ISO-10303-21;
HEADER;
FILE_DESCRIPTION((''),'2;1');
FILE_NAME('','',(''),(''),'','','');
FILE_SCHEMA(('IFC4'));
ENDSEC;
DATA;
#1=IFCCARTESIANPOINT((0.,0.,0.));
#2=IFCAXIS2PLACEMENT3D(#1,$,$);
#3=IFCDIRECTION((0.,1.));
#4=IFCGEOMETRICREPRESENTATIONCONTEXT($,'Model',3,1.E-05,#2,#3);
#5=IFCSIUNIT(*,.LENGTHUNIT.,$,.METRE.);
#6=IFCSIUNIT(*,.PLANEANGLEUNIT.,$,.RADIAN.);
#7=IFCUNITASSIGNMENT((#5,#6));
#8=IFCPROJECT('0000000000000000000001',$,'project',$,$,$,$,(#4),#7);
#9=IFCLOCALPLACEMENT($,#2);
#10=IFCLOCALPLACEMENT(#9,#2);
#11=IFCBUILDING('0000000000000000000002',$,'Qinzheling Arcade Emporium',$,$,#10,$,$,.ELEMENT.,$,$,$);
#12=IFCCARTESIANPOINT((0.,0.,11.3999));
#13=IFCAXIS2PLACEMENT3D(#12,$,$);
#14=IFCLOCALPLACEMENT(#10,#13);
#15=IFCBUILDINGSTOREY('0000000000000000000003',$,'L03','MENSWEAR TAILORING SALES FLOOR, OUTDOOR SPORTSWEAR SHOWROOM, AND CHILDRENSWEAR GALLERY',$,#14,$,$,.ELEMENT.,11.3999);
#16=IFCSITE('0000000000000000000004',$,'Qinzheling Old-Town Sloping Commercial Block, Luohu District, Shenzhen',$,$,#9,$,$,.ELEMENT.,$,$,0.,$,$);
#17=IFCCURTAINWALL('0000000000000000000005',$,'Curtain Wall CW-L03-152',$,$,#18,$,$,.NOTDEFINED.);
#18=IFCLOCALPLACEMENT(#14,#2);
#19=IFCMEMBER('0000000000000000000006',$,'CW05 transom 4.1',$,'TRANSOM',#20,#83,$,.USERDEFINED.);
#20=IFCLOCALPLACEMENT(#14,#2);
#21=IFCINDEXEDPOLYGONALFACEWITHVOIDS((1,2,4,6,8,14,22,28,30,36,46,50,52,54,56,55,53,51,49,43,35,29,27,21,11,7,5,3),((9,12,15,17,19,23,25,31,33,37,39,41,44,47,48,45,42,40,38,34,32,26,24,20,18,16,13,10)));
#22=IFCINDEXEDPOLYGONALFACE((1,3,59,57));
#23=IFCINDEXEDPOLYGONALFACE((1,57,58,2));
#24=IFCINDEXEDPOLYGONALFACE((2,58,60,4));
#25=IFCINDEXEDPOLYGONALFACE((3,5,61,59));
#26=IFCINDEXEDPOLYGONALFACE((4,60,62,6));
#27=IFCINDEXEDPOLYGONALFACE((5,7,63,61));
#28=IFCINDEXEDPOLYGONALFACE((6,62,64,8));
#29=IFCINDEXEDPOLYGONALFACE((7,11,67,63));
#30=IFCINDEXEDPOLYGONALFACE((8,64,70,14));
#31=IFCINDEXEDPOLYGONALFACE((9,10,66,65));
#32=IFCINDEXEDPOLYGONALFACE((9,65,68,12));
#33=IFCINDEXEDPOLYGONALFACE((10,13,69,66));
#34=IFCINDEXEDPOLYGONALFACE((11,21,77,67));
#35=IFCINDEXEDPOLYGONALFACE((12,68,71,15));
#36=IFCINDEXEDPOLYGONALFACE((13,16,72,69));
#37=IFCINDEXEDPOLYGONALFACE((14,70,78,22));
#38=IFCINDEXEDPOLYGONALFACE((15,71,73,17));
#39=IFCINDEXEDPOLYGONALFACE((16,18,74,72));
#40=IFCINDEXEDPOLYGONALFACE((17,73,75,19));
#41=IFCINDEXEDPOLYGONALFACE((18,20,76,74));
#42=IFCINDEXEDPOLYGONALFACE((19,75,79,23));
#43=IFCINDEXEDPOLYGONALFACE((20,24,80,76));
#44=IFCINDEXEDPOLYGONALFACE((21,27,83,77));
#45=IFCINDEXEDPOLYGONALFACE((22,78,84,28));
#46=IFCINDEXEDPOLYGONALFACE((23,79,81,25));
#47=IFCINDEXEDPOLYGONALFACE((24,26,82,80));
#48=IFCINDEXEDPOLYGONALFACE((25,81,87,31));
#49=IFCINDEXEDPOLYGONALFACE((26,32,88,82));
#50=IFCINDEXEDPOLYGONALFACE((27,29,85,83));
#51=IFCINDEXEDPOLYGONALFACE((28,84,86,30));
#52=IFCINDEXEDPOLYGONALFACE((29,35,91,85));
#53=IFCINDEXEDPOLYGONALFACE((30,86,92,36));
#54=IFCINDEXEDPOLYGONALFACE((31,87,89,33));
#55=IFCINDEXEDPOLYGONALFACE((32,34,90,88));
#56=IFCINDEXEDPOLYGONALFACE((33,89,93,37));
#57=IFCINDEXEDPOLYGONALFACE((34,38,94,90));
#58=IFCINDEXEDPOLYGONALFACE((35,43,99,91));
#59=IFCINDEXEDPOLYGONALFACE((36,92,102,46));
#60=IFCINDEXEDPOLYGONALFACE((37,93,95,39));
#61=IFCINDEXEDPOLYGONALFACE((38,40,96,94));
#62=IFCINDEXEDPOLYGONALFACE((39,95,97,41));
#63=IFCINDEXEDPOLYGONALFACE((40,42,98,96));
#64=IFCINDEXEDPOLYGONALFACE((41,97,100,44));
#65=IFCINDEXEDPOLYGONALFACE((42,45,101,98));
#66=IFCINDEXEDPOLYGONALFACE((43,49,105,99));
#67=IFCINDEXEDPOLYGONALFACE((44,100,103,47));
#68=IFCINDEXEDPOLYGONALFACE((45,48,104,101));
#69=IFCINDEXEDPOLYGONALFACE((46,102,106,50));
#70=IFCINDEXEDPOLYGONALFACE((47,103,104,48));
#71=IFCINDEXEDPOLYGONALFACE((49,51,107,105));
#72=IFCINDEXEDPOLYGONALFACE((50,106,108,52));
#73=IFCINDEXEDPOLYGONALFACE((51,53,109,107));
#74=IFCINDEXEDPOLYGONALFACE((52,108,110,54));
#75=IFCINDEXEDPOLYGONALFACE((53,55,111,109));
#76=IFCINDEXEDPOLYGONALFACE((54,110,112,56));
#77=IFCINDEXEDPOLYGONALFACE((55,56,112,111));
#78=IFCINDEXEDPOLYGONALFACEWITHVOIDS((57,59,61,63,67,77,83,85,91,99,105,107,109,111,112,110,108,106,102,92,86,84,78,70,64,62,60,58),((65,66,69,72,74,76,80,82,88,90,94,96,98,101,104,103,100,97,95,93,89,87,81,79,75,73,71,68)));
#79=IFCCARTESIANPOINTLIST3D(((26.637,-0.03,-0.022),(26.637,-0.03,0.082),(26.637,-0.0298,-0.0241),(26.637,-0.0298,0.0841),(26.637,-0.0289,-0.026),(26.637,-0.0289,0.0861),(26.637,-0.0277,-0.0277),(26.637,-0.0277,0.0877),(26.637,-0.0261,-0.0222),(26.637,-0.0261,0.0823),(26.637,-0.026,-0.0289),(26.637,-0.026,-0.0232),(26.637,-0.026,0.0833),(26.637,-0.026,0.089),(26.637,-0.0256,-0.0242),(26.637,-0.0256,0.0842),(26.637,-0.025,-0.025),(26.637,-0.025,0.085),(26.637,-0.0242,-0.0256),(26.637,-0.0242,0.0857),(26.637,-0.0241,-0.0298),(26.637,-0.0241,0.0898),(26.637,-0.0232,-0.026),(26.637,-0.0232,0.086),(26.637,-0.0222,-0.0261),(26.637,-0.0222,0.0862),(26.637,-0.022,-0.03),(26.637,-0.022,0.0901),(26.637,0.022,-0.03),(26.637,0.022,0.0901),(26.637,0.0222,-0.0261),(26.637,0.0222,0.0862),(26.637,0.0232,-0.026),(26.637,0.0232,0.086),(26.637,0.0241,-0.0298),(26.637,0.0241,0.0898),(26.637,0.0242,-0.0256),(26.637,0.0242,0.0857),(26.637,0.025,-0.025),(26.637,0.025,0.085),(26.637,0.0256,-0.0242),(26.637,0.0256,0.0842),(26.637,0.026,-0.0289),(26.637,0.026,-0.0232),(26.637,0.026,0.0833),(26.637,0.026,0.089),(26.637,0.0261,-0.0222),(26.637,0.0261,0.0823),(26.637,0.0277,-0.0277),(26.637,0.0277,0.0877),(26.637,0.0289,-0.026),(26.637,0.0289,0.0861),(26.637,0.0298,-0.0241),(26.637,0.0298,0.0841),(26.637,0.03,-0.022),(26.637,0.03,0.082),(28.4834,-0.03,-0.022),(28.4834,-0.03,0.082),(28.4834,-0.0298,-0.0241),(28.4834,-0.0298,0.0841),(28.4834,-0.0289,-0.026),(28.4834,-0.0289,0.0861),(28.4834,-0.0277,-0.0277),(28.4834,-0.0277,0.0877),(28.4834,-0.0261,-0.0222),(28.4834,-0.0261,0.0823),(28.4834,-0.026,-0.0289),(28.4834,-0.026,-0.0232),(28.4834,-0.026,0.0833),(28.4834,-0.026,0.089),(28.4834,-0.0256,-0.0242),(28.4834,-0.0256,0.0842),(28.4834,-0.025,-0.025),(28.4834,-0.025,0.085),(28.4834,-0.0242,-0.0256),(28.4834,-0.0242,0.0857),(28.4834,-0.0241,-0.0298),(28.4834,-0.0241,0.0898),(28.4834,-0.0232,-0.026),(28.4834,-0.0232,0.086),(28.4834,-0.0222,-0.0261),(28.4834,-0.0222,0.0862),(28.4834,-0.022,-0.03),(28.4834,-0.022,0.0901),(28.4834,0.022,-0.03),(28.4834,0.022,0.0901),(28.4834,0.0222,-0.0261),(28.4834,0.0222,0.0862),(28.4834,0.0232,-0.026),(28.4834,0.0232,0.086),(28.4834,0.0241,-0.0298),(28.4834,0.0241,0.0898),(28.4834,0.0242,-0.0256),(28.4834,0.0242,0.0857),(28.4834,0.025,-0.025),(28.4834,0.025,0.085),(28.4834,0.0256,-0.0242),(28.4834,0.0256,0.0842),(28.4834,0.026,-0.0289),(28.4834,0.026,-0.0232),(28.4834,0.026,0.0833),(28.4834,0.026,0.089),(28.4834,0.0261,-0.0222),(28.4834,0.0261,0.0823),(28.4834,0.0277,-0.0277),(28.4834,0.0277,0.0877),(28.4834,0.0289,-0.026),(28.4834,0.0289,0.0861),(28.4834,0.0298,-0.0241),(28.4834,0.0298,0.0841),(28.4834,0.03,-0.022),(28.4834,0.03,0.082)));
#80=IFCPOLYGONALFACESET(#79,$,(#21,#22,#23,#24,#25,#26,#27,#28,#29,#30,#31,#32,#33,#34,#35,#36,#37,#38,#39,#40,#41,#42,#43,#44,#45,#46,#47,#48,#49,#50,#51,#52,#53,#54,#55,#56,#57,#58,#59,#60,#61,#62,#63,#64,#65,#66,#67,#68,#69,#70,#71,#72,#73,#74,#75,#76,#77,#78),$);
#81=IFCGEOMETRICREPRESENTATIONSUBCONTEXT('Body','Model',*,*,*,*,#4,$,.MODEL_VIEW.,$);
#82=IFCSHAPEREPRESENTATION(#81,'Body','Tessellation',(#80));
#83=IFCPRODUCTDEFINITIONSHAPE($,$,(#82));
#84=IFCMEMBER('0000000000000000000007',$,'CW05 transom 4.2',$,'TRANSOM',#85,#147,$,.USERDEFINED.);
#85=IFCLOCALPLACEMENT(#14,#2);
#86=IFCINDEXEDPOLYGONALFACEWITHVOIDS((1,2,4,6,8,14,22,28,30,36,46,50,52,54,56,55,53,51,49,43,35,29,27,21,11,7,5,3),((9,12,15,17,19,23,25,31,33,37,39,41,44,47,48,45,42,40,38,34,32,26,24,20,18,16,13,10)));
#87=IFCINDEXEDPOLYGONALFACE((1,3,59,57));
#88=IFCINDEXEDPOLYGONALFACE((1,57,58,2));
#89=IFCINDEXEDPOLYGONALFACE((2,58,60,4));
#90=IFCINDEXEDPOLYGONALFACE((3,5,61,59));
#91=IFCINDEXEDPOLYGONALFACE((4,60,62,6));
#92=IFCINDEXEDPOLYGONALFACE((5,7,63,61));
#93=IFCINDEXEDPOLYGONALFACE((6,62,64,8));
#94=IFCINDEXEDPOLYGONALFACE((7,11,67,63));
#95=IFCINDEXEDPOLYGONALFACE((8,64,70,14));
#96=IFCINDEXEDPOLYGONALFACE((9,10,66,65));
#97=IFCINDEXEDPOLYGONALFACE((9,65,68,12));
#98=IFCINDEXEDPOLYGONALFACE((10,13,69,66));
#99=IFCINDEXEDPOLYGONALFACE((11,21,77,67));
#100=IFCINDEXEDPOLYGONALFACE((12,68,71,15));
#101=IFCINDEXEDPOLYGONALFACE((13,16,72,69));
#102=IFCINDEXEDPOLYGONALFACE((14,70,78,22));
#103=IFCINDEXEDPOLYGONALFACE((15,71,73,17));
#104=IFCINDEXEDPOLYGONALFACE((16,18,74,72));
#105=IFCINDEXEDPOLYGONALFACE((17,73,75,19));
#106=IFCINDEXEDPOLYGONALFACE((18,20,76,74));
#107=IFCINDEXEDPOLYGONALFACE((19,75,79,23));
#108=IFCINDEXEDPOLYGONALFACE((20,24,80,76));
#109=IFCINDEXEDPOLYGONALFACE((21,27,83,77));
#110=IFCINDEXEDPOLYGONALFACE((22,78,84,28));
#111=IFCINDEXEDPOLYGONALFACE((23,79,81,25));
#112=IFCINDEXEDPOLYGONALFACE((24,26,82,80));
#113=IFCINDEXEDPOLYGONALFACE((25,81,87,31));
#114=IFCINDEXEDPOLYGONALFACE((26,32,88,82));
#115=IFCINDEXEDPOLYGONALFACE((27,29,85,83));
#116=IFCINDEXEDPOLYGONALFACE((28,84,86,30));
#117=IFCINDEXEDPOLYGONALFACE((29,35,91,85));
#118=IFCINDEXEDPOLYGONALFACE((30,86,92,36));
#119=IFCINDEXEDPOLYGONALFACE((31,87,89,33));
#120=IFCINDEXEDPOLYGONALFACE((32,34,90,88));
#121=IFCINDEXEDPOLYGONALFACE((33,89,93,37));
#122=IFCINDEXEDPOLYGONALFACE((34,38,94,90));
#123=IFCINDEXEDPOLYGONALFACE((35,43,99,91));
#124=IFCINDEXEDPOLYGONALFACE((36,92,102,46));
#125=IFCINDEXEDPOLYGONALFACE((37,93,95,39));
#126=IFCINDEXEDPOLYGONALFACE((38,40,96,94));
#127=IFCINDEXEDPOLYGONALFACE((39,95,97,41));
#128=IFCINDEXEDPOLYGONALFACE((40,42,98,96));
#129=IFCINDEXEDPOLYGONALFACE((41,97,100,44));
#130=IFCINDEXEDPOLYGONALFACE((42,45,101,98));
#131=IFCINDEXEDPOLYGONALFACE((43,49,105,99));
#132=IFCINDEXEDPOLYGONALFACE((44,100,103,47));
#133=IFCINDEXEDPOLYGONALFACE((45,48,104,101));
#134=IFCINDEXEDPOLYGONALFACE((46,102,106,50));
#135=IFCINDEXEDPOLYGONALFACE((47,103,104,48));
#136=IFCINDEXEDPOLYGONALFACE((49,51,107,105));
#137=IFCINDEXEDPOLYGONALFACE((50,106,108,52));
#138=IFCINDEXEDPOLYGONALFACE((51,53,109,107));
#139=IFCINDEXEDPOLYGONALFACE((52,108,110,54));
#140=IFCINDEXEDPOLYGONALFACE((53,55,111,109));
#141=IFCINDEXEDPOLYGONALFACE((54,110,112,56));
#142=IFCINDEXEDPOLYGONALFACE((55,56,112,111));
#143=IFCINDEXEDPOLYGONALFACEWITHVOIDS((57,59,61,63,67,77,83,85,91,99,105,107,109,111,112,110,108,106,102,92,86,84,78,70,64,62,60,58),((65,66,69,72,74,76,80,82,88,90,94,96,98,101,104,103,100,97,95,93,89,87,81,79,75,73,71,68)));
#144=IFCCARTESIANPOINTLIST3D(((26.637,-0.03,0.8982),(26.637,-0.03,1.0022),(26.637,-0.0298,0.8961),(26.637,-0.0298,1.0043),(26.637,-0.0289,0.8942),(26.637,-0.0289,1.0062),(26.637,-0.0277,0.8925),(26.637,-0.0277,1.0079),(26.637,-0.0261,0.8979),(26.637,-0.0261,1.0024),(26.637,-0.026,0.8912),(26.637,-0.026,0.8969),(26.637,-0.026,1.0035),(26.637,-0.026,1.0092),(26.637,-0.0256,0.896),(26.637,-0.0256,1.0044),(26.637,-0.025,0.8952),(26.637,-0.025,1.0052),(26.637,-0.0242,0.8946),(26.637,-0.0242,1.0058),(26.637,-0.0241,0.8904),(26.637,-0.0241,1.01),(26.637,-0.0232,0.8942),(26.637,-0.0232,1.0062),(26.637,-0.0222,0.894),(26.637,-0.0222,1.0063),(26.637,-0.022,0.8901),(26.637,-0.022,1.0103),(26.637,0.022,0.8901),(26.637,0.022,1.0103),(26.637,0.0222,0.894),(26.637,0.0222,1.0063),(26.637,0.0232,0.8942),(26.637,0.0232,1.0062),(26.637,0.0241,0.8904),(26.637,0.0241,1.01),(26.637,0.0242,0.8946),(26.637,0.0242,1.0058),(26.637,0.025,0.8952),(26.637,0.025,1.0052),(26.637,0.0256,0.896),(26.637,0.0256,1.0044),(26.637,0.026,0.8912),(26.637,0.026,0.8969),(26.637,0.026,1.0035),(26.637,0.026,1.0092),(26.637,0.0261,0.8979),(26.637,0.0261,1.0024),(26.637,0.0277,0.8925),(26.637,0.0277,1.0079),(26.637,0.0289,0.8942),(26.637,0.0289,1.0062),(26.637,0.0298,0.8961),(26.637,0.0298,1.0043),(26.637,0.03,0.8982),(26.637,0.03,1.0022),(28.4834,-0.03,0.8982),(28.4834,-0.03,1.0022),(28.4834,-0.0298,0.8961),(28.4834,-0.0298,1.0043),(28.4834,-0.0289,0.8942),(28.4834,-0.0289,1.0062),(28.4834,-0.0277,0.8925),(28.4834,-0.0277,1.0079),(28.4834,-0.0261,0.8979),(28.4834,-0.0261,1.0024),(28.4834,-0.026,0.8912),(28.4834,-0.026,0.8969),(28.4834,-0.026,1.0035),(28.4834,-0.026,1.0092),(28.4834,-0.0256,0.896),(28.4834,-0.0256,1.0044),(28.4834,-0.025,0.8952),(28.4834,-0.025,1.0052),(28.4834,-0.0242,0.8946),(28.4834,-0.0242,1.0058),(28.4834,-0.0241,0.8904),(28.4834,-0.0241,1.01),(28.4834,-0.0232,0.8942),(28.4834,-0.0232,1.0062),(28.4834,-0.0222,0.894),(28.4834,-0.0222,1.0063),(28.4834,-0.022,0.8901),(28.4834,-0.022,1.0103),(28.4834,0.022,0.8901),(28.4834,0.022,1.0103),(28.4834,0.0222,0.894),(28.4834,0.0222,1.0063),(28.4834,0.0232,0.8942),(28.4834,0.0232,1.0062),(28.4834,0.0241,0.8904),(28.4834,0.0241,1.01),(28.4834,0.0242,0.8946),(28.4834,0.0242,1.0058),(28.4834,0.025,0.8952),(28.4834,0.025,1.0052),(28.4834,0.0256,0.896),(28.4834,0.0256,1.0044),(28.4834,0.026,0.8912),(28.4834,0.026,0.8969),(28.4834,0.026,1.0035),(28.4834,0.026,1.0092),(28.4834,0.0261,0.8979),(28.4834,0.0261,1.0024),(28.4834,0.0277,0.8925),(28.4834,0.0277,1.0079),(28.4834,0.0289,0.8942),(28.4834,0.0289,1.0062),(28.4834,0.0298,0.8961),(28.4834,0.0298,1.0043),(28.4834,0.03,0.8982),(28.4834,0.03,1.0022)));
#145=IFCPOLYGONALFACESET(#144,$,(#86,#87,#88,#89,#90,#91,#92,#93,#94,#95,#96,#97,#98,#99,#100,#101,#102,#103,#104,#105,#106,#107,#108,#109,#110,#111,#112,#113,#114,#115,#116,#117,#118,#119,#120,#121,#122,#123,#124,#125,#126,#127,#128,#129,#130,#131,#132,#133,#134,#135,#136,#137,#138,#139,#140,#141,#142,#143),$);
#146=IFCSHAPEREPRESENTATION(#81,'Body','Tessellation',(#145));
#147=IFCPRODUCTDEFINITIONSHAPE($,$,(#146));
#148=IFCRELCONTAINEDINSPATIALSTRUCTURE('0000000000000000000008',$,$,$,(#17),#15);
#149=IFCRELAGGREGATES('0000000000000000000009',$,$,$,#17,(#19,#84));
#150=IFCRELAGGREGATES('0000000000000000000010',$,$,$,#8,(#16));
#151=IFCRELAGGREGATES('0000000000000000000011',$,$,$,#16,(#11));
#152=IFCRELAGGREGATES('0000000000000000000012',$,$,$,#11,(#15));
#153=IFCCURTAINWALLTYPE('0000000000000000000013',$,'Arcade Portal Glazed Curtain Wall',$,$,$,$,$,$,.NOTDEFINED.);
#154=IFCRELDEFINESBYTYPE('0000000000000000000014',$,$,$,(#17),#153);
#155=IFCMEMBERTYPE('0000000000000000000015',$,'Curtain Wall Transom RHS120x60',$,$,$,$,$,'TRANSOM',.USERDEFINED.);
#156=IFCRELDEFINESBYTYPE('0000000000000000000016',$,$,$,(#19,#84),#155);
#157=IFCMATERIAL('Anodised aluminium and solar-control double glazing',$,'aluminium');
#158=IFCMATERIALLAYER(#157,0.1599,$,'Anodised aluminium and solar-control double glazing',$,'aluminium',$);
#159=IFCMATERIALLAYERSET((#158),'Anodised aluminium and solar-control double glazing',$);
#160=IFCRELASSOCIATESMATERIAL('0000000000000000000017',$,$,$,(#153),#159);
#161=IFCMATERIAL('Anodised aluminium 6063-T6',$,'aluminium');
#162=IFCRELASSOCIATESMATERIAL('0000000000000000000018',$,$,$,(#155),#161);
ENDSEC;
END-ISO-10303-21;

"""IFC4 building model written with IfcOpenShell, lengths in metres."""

from ifc_helpers import new_model, si_unit, direction, frame, origin, origin_2d, place, context, subcontext, project, spatial, hollow_rectangle, extrude, material, layer, layer_set, material_profile, profile_set, type_object, element, aggregate, save


model = new_model("IFC4")

# Units and contexts
model_context = context("Model", 3, precision=1e-05, world=origin(), true_north=direction((0.0, 1.0)))
body_context = subcontext(model_context, "Body", "Model", "MODEL_VIEW")
ifc_project = project(units=[si_unit("LENGTHUNIT", "METRE"), si_unit("PLANEANGLEUNIT", "RADIAN")], contexts=[model_context])

# Site, building, storey
site_placement = place(None, origin())
site = spatial("IfcSite", under=ifc_project, at=site_placement, Name="Qinzheling Old-Town Sloping Commercial Block, Luohu District, Shenzhen", CompositionType="ELEMENT", RefElevation=0.0)
building_placement = place(site_placement, origin())
building = spatial("IfcBuilding", under=site, at=building_placement, Name="Qinzheling Arcade Emporium", CompositionType="ELEMENT")
storey_placement = place(building_placement, frame((0.0, 0.0, 11.3999)))
storey = spatial("IfcBuildingStorey", under=building, at=storey_placement, Name="L03", Description="MENSWEAR TAILORING SALES FLOOR, OUTDOOR SPORTSWEAR SHOWROOM, AND CHILDRENSWEAR GALLERY", CompositionType="ELEMENT", Elevation=11.3999)

# Curtain wall, members
ifc_material_1 = material(Name="Anodised aluminium and solar-control double glazing", Category="aluminium")
ifc_layer_1 = layer(ifc_material_1, 0.1599, Name="Anodised aluminium and solar-control double glazing", Category="aluminium")
ifc_layer_set_1 = layer_set([ifc_layer_1], Name="Anodised aluminium and solar-control double glazing")
curtain_wall_type = type_object("IfcCurtainWallType", Name="Arcade Portal Glazed Curtain Wall", PredefinedType="NOTDEFINED", material=ifc_layer_set_1)
curtain_wall_placement = place(storey_placement, origin())
curtain_wall = element("IfcCurtainWall", 1, at=curtain_wall_placement, inside=storey, type_object=curtain_wall_type, Name="Curtain Wall CW-L03-152", PredefinedType="NOTDEFINED")
ifc_material_2 = material(Name="Anodised aluminium 6063-T6", Category="aluminium")
ifc_material_profile_1 = material_profile(ifc_material_2, hollow_rectangle(XDim=0.0601, YDim=0.1201, WallThickness=0.0039, InnerFilletRadius=0.0039, OuterFilletRadius=0.0081, at=origin_2d()), Name="RHS 120x60x4", Category="aluminium")
ifc_profile_set_1 = profile_set([ifc_material_profile_1], Name="Anodised aluminium 6063-T6")
member_type_1 = type_object("IfcMemberType", Name="Curtain Wall Transom RHS120x60", ElementType="TRANSOM", PredefinedType="USERDEFINED", material=ifc_profile_set_1)
member_1_placement = place(storey_placement, frame((28.4834, 0.0, 0.03), z_axis=(-1.0, 0.0, 0.0), x_axis=(0.0, -1.0, 0.0)))
member_1 = element("IfcMember", 2, at=member_1_placement, type_object=member_type_1, Name="CW05 transom 4.1", ObjectType="TRANSOM", PredefinedType="USERDEFINED", context=body_context, shape_type="SweptSolid", body=[
    extrude(hollow_rectangle(XDim=0.0601, YDim=0.1201, WallThickness=0.0039, InnerFilletRadius=0.0039, OuterFilletRadius=0.0081, at=origin_2d()), origin(), (0.0, 0.0, 1.0), 1.8464),
])
member_2_placement = place(storey_placement, frame((28.4834, 0.0, 0.9502), z_axis=(-1.0, 0.0, 0.0), x_axis=(0.0, -1.0, 0.0)))
member_2 = element("IfcMember", 3, at=member_2_placement, type_object=member_type_1, Name="CW05 transom 4.2", ObjectType="TRANSOM", PredefinedType="USERDEFINED", context=body_context, shape_type="SweptSolid", body=[
    extrude(hollow_rectangle(XDim=0.0601, YDim=0.1201, WallThickness=0.0039, InnerFilletRadius=0.0039, OuterFilletRadius=0.0081, at=origin_2d()), origin(), (0.0, 0.0, 1.0), 1.8464),
])

aggregate(curtain_wall, [member_1, member_2])

save(model, "model.ifc")
